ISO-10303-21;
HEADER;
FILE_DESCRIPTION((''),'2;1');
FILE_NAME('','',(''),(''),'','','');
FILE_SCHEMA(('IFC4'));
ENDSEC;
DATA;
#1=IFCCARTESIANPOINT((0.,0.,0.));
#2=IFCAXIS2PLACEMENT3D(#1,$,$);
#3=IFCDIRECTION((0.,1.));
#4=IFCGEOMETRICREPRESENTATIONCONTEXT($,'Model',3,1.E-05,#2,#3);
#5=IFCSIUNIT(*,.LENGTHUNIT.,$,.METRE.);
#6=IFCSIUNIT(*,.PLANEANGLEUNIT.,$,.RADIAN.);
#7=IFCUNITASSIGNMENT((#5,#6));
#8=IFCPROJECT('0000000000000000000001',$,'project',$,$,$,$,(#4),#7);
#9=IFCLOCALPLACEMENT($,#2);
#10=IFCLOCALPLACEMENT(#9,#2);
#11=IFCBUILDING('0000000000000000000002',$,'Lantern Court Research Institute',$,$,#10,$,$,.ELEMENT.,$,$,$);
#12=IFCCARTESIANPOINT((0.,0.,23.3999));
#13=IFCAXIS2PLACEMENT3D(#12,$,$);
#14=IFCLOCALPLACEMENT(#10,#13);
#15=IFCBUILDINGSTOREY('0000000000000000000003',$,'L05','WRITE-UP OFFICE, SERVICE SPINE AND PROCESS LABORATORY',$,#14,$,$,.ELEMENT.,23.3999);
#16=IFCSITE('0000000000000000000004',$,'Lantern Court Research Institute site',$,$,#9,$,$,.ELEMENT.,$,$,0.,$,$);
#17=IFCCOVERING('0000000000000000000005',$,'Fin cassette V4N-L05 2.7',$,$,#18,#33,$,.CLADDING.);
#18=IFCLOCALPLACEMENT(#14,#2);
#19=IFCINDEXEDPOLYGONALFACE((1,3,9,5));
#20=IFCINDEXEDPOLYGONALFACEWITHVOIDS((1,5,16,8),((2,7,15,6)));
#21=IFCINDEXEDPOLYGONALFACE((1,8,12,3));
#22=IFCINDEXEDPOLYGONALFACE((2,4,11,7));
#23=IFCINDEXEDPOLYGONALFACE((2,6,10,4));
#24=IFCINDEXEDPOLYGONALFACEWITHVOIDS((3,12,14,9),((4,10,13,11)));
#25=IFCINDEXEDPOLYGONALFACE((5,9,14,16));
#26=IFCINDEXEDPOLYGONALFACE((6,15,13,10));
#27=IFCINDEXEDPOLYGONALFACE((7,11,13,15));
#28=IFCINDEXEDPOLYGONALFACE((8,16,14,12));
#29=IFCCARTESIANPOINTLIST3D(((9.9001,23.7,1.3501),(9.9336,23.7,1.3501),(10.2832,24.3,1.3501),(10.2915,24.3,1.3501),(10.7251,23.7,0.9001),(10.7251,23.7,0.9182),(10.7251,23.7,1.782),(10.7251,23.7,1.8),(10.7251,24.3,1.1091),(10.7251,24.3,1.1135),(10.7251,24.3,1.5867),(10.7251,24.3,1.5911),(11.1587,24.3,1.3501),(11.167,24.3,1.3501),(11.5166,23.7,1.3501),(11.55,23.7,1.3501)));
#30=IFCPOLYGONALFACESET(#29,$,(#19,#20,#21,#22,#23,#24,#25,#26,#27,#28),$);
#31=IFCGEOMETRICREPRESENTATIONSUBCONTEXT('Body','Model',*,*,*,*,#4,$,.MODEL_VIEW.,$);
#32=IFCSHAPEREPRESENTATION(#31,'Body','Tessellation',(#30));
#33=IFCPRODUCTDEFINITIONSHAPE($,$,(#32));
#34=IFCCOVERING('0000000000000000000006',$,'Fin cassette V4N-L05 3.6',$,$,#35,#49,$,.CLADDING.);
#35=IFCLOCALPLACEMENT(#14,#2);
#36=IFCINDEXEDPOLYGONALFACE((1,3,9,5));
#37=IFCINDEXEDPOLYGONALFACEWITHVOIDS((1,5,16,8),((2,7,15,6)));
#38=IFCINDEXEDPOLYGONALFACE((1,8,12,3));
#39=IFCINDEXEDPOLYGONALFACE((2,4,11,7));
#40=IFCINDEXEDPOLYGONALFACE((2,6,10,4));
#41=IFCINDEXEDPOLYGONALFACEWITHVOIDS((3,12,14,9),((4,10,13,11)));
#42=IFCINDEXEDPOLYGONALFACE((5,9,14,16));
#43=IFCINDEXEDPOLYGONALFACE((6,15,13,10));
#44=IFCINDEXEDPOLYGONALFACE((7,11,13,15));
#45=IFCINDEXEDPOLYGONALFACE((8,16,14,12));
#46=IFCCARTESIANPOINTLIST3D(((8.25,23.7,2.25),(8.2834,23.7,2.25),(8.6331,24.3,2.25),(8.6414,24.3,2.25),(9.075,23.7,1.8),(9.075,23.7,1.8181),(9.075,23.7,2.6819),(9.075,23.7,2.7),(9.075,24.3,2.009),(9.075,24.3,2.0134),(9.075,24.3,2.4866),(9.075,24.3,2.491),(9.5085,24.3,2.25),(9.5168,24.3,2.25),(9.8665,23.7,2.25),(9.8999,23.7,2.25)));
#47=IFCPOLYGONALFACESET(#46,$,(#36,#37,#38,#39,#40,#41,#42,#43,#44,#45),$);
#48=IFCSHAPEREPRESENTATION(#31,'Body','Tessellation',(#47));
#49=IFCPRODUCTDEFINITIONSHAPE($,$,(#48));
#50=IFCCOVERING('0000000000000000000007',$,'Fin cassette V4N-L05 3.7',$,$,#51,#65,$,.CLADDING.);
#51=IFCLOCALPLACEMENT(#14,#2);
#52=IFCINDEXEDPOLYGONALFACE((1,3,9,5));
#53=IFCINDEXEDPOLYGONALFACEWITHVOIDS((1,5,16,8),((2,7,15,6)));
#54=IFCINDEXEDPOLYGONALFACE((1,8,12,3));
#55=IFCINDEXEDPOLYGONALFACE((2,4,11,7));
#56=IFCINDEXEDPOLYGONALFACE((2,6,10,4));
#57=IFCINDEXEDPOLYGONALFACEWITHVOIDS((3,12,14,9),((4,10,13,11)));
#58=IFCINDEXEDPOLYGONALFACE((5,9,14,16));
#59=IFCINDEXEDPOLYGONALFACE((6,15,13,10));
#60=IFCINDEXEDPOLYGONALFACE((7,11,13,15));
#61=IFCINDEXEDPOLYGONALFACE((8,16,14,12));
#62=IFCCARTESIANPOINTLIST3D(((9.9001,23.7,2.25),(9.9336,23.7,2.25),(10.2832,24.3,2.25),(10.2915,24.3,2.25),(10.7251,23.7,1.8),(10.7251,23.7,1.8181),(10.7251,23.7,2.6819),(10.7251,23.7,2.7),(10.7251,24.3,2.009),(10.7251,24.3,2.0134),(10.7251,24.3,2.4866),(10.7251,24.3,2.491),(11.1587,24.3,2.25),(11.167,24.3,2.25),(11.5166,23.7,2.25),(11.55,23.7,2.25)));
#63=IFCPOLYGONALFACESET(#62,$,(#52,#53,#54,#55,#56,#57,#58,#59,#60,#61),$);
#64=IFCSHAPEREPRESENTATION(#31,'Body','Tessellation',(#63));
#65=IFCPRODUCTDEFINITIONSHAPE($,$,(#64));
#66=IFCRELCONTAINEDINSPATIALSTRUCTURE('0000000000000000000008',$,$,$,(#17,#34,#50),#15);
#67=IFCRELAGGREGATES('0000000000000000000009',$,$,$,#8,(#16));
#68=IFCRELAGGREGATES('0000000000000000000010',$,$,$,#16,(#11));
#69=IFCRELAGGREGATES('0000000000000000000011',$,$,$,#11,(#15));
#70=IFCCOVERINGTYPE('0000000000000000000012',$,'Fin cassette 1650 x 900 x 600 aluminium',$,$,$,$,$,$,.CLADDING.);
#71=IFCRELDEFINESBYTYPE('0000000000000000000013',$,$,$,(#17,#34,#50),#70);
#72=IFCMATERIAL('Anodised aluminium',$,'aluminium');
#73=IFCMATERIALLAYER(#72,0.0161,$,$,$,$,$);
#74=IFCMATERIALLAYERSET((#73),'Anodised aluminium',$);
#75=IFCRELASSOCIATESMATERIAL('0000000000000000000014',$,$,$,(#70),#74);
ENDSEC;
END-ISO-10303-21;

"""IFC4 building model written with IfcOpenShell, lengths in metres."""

from ifc_helpers import new_model, entity, si_unit, direction, frame, origin, place, context, subcontext, project, spatial, material, layer, layer_set, type_object, element, save


model = new_model("IFC4")

# Units and contexts
model_context = context("Model", 3, precision=1e-05, world=origin(), true_north=direction((0.0, 1.0)))
body_context = subcontext(model_context, "Body", "Model", "MODEL_VIEW")
ifc_project = project(units=[si_unit("LENGTHUNIT", "METRE"), si_unit("PLANEANGLEUNIT", "RADIAN")], contexts=[model_context])

# Site, building, storey
site_placement = place(None, origin())
site = spatial("IfcSite", under=ifc_project, at=site_placement, Name="Lantern Court Research Institute site", CompositionType="ELEMENT", RefElevation=0.0)
building_placement = place(site_placement, origin())
building = spatial("IfcBuilding", under=site, at=building_placement, Name="Lantern Court Research Institute", CompositionType="ELEMENT")
storey_placement = place(building_placement, frame((0.0, 0.0, 23.3999)))
storey = spatial("IfcBuildingStorey", under=building, at=storey_placement, Name="L05", Description="WRITE-UP OFFICE, SERVICE SPINE AND PROCESS LABORATORY", CompositionType="ELEMENT", Elevation=23.3999)

# Coverings
ifc_material_1 = material(Name="Anodised aluminium", Category="aluminium")
ifc_layer_1 = layer(ifc_material_1, 0.0161)
ifc_layer_set_1 = layer_set([ifc_layer_1], Name="Anodised aluminium")
covering_type = type_object("IfcCoveringType", Name="Fin cassette 1650 x 900 x 600 aluminium", PredefinedType="CLADDING", material=ifc_layer_set_1)
covering_1_placement = place(storey_placement, frame((10.7251, 23.7, 1.3501), z_axis=(0.0, 1.0, 0.0), x_axis=(-1.0, 0.0, 0.0)))
cartesian_point_1 = entity("IfcCartesianPoint", [0.825, 0.0])
cartesian_point_2 = entity("IfcCartesianPoint", [0.7915, 0.0])
cartesian_point_3 = entity("IfcCartesianPoint", [0.4419, 0.0])
cartesian_point_4 = entity("IfcCartesianPoint", [0.4336, 0.0])
element("IfcCovering", 1, at=covering_1_placement, inside=storey, type_object=covering_type, Name="Fin cassette V4N-L05 2.7", PredefinedType="CLADDING", context=body_context, shape_type="SweptSolid", body=[
    entity("IfcExtrudedAreaSolidTapered", entity("IfcArbitraryProfileDefWithVoids", "AREA", None, entity("IfcPolyline", [cartesian_point_1, entity("IfcCartesianPoint", [0.0, 0.45]), entity("IfcCartesianPoint", [-0.825, 0.0]), entity("IfcCartesianPoint", [0.0, -0.45]), cartesian_point_1]), [entity("IfcPolyline", [cartesian_point_2, entity("IfcCartesianPoint", [0.0, 0.4319]), entity("IfcCartesianPoint", [-0.7915, 0.0]), entity("IfcCartesianPoint", [0.0, -0.4319]), cartesian_point_2])]), entity("IfcAxis2Placement3D", entity("IfcCartesianPoint", [0.0, 0.0, 0.0])), entity("IfcDirection", [0.0, 0.0, 1.0]), 0.6001, entity("IfcArbitraryProfileDefWithVoids", "AREA", None, entity("IfcPolyline", [cartesian_point_3, entity("IfcCartesianPoint", [0.0, 0.241]), entity("IfcCartesianPoint", [-0.4419, 0.0]), entity("IfcCartesianPoint", [0.0, -0.241]), cartesian_point_3]), [entity("IfcPolyline", [cartesian_point_4, entity("IfcCartesianPoint", [0.0, 0.2366]), entity("IfcCartesianPoint", [-0.4336, 0.0]), entity("IfcCartesianPoint", [0.0, -0.2366]), cartesian_point_4])])),
])
covering_2_placement = place(storey_placement, frame((9.075, 23.7, 2.25), z_axis=(0.0, 1.0, 0.0), x_axis=(-1.0, 0.0, 0.0)))
cartesian_point_5 = entity("IfcCartesianPoint", [0.825, 0.0])
cartesian_point_6 = entity("IfcCartesianPoint", [0.7915, 0.0])
cartesian_point_7 = entity("IfcCartesianPoint", [0.4419, 0.0])
cartesian_point_8 = entity("IfcCartesianPoint", [0.4336, 0.0])
element("IfcCovering", 2, at=covering_2_placement, inside=storey, type_object=covering_type, Name="Fin cassette V4N-L05 3.6", PredefinedType="CLADDING", context=body_context, shape_type="SweptSolid", body=[
    entity("IfcExtrudedAreaSolidTapered", entity("IfcArbitraryProfileDefWithVoids", "AREA", None, entity("IfcPolyline", [cartesian_point_5, entity("IfcCartesianPoint", [0.0, 0.45]), entity("IfcCartesianPoint", [-0.825, 0.0]), entity("IfcCartesianPoint", [0.0, -0.45]), cartesian_point_5]), [entity("IfcPolyline", [cartesian_point_6, entity("IfcCartesianPoint", [0.0, 0.4319]), entity("IfcCartesianPoint", [-0.7915, 0.0]), entity("IfcCartesianPoint", [0.0, -0.4319]), cartesian_point_6])]), entity("IfcAxis2Placement3D", entity("IfcCartesianPoint", [0.0, 0.0, 0.0])), entity("IfcDirection", [0.0, 0.0, 1.0]), 0.6001, entity("IfcArbitraryProfileDefWithVoids", "AREA", None, entity("IfcPolyline", [cartesian_point_7, entity("IfcCartesianPoint", [0.0, 0.241]), entity("IfcCartesianPoint", [-0.4419, 0.0]), entity("IfcCartesianPoint", [0.0, -0.241]), cartesian_point_7]), [entity("IfcPolyline", [cartesian_point_8, entity("IfcCartesianPoint", [0.0, 0.2366]), entity("IfcCartesianPoint", [-0.4336, 0.0]), entity("IfcCartesianPoint", [0.0, -0.2366]), cartesian_point_8])])),
])
covering_3_placement = place(storey_placement, frame((10.7251, 23.7, 2.25), z_axis=(0.0, 1.0, 0.0), x_axis=(-1.0, 0.0, 0.0)))
cartesian_point_9 = entity("IfcCartesianPoint", [0.825, 0.0])
cartesian_point_10 = entity("IfcCartesianPoint", [0.7915, 0.0])
cartesian_point_11 = entity("IfcCartesianPoint", [0.4419, 0.0])
cartesian_point_12 = entity("IfcCartesianPoint", [0.4336, 0.0])
element("IfcCovering", 3, at=covering_3_placement, inside=storey, type_object=covering_type, Name="Fin cassette V4N-L05 3.7", PredefinedType="CLADDING", context=body_context, shape_type="SweptSolid", body=[
    entity("IfcExtrudedAreaSolidTapered", entity("IfcArbitraryProfileDefWithVoids", "AREA", None, entity("IfcPolyline", [cartesian_point_9, entity("IfcCartesianPoint", [0.0, 0.45]), entity("IfcCartesianPoint", [-0.825, 0.0]), entity("IfcCartesianPoint", [0.0, -0.45]), cartesian_point_9]), [entity("IfcPolyline", [cartesian_point_10, entity("IfcCartesianPoint", [0.0, 0.4319]), entity("IfcCartesianPoint", [-0.7915, 0.0]), entity("IfcCartesianPoint", [0.0, -0.4319]), cartesian_point_10])]), entity("IfcAxis2Placement3D", entity("IfcCartesianPoint", [0.0, 0.0, 0.0])), entity("IfcDirection", [0.0, 0.0, 1.0]), 0.6001, entity("IfcArbitraryProfileDefWithVoids", "AREA", None, entity("IfcPolyline", [cartesian_point_11, entity("IfcCartesianPoint", [0.0, 0.241]), entity("IfcCartesianPoint", [-0.4419, 0.0]), entity("IfcCartesianPoint", [0.0, -0.241]), cartesian_point_11]), [entity("IfcPolyline", [cartesian_point_12, entity("IfcCartesianPoint", [0.0, 0.2366]), entity("IfcCartesianPoint", [-0.4336, 0.0]), entity("IfcCartesianPoint", [0.0, -0.2366]), cartesian_point_12])])),
])

save(model, "model.ifc")
